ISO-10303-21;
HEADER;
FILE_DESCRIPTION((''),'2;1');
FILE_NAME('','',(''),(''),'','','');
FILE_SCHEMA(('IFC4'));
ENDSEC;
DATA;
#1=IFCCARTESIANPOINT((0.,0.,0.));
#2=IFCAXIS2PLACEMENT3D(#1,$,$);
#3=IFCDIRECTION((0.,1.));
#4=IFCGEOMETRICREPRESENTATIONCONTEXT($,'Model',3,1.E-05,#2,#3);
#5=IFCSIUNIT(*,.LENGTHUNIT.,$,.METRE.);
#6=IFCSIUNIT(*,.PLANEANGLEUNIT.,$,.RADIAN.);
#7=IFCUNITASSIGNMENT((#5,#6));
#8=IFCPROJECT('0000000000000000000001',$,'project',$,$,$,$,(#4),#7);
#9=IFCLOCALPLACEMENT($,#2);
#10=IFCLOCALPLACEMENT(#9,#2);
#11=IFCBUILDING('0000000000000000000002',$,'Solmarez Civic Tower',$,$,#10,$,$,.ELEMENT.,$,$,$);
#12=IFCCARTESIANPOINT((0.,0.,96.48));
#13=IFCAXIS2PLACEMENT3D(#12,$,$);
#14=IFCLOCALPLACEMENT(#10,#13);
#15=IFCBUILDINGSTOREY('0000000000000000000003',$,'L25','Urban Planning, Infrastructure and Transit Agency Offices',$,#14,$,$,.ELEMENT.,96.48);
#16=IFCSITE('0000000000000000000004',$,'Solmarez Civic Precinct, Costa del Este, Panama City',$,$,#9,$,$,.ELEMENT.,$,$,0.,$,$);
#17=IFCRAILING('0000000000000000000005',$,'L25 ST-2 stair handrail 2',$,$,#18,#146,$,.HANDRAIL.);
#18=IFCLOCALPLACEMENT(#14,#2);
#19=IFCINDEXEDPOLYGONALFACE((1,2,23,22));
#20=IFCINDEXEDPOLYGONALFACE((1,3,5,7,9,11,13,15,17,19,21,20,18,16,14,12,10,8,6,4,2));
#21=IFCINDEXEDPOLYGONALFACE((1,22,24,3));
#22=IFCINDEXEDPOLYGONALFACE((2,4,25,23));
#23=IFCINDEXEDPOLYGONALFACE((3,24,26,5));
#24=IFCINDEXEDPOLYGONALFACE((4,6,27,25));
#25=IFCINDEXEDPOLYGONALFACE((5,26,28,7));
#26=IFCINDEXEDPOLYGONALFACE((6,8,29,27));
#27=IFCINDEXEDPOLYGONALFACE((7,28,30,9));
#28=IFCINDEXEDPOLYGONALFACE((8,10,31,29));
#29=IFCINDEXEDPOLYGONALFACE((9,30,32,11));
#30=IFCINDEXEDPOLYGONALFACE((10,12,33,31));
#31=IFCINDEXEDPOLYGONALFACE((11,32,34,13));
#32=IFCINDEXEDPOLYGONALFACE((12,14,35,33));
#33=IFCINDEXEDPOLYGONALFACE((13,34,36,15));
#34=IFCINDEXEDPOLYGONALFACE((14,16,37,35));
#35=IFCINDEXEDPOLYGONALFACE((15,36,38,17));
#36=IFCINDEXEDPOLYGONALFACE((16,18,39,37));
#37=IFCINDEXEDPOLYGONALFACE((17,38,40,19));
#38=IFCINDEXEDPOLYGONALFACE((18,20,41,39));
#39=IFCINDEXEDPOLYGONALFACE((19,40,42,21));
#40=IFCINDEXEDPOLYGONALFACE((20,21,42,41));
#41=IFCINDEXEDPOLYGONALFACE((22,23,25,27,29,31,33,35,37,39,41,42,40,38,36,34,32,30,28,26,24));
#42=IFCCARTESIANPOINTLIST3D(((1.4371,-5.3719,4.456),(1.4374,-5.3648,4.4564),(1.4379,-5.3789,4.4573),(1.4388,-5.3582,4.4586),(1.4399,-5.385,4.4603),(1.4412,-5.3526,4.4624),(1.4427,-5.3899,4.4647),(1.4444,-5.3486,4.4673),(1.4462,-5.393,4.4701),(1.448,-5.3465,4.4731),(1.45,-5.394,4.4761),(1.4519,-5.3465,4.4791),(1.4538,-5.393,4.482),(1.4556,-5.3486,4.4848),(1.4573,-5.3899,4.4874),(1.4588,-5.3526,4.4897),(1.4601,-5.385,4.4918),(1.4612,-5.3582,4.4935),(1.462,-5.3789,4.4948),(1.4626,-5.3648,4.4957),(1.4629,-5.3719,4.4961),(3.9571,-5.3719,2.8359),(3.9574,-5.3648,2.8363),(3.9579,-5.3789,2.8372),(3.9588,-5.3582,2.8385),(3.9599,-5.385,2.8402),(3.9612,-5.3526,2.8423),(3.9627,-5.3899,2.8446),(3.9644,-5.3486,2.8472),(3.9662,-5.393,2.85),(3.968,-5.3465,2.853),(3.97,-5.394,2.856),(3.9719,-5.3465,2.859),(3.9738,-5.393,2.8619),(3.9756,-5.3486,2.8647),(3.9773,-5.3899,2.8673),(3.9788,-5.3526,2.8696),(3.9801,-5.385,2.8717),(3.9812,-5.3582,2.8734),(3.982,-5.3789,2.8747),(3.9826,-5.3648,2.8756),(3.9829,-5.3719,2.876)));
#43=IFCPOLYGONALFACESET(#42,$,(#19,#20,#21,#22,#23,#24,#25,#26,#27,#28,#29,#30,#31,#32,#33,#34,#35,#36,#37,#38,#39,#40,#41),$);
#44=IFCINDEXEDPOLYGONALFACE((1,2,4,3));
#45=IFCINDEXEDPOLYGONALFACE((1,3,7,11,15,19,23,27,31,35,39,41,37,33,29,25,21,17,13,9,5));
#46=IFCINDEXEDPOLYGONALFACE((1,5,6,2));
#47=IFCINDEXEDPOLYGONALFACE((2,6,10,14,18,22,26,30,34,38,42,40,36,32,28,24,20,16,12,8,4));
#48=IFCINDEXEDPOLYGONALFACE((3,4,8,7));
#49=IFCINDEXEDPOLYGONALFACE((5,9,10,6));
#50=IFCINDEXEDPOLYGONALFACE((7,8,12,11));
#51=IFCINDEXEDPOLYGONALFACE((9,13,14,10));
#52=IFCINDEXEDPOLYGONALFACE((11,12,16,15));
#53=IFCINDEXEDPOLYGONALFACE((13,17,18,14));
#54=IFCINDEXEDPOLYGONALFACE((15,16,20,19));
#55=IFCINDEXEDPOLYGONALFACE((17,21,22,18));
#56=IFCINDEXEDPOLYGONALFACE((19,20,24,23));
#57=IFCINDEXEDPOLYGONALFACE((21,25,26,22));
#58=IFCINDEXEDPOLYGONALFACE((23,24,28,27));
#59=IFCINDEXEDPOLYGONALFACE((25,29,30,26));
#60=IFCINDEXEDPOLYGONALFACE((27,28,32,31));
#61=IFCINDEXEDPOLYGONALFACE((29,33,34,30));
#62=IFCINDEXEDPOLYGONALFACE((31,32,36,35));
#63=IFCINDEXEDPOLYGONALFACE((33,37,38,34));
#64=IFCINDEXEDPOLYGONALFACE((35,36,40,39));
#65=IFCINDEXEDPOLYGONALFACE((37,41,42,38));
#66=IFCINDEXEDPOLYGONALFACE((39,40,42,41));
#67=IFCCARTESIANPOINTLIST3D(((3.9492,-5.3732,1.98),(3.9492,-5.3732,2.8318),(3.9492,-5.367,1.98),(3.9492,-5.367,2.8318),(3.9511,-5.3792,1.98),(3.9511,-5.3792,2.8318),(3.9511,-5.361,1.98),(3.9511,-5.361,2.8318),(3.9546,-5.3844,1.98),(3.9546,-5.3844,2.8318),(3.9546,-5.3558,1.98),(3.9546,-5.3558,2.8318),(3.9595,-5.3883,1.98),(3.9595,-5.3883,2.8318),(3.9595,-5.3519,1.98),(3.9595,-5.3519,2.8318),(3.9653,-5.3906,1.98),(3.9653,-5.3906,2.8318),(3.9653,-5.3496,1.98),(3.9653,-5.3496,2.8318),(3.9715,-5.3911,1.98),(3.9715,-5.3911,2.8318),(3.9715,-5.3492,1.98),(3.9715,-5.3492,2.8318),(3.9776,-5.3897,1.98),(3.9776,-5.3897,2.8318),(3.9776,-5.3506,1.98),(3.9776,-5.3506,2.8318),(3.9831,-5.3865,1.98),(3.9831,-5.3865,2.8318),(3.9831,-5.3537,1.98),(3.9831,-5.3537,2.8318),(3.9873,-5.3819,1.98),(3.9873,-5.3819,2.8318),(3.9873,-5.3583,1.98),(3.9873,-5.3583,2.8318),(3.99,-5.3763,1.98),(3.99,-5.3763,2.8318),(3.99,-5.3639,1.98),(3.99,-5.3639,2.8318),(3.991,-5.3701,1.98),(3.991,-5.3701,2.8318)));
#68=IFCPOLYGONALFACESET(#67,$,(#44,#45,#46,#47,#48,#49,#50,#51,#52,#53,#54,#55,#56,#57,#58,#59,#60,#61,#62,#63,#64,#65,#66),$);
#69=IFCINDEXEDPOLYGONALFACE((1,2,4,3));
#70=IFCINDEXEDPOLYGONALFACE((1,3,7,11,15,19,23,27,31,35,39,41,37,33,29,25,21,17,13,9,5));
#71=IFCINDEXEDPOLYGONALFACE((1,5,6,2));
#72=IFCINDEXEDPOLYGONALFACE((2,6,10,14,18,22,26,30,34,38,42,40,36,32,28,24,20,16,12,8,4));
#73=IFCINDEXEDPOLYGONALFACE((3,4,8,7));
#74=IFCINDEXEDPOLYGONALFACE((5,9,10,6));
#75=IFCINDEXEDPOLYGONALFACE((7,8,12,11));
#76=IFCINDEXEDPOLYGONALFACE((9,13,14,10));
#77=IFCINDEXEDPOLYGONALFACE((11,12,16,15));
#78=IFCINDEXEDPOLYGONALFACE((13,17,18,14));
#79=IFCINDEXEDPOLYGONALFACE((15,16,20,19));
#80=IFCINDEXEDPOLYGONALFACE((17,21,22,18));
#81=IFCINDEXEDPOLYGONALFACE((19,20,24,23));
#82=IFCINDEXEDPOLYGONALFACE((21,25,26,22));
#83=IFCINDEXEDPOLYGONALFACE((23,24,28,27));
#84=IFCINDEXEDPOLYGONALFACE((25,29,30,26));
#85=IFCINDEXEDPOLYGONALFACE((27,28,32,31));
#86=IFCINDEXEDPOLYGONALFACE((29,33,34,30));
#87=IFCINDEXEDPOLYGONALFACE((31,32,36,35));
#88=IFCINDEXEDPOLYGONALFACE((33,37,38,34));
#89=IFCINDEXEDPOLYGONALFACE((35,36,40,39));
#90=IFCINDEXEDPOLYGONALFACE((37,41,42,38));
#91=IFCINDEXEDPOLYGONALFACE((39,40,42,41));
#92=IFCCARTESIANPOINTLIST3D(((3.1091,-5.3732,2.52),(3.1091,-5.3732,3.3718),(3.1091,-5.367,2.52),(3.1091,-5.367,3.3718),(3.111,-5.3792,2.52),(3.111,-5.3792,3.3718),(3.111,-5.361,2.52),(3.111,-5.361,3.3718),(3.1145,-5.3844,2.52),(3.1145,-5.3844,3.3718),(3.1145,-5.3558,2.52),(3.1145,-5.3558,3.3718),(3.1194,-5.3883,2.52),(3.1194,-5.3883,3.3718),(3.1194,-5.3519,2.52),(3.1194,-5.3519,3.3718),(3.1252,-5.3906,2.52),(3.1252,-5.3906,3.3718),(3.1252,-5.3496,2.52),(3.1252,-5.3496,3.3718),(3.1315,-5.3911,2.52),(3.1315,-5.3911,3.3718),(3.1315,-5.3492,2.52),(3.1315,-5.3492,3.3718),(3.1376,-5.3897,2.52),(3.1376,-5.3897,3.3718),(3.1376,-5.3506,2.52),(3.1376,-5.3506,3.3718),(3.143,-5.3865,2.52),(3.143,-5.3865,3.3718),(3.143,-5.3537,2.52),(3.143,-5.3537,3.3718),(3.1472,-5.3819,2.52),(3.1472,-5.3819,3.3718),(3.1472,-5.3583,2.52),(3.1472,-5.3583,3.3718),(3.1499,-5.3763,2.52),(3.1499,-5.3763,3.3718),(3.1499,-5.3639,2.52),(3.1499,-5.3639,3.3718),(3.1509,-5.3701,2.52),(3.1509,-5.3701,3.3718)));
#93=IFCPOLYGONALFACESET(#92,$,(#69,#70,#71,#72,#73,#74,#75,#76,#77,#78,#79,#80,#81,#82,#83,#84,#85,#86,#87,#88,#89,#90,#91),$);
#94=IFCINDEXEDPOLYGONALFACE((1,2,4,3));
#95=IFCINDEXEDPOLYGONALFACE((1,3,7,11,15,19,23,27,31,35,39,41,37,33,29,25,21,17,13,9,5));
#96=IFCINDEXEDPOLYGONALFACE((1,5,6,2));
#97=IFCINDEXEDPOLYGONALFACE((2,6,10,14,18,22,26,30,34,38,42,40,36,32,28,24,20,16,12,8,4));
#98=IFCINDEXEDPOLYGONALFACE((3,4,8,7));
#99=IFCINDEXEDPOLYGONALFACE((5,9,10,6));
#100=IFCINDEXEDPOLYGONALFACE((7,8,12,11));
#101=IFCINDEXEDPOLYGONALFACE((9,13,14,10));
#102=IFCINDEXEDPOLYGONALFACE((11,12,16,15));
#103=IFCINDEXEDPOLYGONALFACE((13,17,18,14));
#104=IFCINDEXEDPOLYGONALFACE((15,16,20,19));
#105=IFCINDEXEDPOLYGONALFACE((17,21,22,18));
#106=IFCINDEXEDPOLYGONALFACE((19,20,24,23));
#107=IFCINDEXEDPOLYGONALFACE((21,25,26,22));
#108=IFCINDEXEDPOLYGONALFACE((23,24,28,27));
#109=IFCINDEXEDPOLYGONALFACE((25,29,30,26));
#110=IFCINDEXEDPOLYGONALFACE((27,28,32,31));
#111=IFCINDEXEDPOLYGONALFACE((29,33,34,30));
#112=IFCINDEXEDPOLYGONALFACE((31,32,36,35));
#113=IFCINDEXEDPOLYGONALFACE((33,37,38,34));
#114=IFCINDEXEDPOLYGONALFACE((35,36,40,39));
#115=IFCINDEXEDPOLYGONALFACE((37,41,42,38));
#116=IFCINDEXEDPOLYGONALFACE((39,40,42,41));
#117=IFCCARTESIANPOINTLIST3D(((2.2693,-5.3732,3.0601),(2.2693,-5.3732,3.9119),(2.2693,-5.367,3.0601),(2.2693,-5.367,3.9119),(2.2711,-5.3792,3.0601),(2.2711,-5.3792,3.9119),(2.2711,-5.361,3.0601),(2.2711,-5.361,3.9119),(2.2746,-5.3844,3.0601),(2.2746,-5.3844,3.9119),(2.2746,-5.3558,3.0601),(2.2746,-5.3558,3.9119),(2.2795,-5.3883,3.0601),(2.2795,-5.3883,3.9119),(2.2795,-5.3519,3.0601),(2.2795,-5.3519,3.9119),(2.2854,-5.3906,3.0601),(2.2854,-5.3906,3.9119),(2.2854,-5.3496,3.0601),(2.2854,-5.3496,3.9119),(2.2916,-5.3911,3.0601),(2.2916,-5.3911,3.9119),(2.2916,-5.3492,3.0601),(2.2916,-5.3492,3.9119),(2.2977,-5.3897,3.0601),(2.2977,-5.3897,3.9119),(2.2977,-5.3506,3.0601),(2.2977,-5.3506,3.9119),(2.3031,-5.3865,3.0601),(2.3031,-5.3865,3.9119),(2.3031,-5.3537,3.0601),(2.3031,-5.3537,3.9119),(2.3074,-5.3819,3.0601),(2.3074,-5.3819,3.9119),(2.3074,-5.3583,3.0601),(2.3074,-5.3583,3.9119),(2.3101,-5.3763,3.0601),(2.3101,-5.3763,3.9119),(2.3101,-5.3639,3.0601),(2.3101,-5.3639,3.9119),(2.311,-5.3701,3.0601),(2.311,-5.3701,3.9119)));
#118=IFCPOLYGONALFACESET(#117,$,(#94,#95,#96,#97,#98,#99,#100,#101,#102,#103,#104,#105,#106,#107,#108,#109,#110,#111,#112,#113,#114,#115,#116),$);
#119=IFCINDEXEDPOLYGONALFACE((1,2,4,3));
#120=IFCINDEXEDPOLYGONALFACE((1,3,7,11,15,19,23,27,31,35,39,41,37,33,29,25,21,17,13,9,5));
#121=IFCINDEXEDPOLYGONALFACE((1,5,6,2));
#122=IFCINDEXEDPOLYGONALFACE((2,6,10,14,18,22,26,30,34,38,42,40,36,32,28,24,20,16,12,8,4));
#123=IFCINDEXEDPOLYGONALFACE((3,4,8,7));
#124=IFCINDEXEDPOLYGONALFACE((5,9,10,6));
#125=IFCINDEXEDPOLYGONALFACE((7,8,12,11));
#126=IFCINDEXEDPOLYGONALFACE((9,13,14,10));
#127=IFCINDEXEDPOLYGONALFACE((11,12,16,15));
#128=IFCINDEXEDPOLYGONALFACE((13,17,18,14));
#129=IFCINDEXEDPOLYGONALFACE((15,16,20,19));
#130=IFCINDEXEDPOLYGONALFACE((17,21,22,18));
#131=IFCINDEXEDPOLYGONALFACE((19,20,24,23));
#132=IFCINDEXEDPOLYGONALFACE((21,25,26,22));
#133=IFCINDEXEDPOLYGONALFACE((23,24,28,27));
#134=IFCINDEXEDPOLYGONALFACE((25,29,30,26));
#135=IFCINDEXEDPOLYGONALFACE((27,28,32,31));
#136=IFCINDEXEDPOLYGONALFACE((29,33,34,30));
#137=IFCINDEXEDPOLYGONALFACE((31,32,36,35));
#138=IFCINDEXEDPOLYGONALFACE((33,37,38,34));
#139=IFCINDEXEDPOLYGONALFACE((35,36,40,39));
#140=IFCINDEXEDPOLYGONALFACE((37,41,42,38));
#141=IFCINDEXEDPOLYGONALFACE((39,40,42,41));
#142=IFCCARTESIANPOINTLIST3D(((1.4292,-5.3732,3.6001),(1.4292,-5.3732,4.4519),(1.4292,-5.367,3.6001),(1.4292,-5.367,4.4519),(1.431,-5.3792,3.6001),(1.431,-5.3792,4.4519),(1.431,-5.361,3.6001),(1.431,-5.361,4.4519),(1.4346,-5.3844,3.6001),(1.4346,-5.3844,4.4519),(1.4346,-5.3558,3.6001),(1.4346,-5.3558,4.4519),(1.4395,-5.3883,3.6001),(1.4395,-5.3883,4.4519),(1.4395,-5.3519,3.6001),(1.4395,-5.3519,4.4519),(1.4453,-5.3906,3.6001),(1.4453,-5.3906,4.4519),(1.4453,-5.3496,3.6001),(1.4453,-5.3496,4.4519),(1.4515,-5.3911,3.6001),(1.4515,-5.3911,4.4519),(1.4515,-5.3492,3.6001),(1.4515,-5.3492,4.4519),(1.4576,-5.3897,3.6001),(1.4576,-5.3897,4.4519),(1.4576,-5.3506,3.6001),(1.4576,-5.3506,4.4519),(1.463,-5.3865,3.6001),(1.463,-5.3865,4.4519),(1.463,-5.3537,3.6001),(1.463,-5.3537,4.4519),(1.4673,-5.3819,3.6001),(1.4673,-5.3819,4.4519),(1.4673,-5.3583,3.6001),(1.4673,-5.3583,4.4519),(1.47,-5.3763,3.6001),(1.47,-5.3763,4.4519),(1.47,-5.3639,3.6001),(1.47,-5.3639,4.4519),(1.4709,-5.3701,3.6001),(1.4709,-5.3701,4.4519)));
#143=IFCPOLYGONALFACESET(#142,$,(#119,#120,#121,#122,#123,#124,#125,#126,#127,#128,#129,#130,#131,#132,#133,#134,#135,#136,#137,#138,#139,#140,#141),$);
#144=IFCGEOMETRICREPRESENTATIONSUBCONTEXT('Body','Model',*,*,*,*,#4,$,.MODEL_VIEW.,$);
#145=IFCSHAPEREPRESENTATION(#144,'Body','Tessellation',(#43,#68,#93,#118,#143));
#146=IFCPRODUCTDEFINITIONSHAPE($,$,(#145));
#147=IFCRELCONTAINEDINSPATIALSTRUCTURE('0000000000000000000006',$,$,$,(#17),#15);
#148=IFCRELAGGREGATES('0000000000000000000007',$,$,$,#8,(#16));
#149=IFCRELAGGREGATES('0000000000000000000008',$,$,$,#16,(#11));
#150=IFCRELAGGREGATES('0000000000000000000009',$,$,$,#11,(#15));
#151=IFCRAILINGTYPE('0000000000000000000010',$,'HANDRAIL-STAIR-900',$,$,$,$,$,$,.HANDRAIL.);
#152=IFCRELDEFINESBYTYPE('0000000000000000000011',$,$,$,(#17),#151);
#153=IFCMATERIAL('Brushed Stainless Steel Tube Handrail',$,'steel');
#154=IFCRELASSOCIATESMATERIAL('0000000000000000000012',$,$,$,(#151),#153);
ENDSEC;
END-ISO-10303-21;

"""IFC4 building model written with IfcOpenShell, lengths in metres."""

from ifc_helpers import new_model, si_unit, direction, frame, origin, origin_2d, place, context, subcontext, project, spatial, circle, extrude, material, type_object, element, save


model = new_model("IFC4")

# Units and contexts
model_context = context("Model", 3, precision=1e-05, world=origin(), true_north=direction((0.0, 1.0)))
body_context = subcontext(model_context, "Body", "Model", "MODEL_VIEW")
ifc_project = project(units=[si_unit("LENGTHUNIT", "METRE"), si_unit("PLANEANGLEUNIT", "RADIAN")], contexts=[model_context])

# Site, building, storey
site_placement = place(None, origin())
site = spatial("IfcSite", under=ifc_project, at=site_placement, Name="Solmarez Civic Precinct, Costa del Este, Panama City", CompositionType="ELEMENT", RefElevation=0.0)
building_placement = place(site_placement, origin())
building = spatial("IfcBuilding", under=site, at=building_placement, Name="Solmarez Civic Tower", CompositionType="ELEMENT")
storey_placement = place(building_placement, frame((0.0, 0.0, 96.48)))
storey = spatial("IfcBuildingStorey", under=building, at=storey_placement, Name="L25", Description="Urban Planning, Infrastructure and Transit Agency Offices", CompositionType="ELEMENT", Elevation=96.48)

# Railing
ifc_material_1 = material(Name="Brushed Stainless Steel Tube Handrail", Category="steel")
railing_type_1 = type_object("IfcRailingType", Name="HANDRAIL-STAIR-900", PredefinedType="HANDRAIL", material=ifc_material_1)
railing_1_placement = place(storey_placement, frame((3.97, -5.3701, 1.98)))
element("IfcRailing", 1, at=railing_1_placement, inside=storey, type_object=railing_type_1, Name="L25 ST-2 stair handrail 2", PredefinedType="HANDRAIL", context=body_context, shape_type="SweptSolid", body=[
    extrude(circle(Radius=0.0239, at=origin_2d()), frame((0.0, 0.0, 0.876), z_axis=(-0.841163, 0.0, 0.540782), x_axis=(0.0, -1.0, 0.0)), (0.0, 0.0, 1.0), 2.9958),
    extrude(circle(Radius=0.021, at=origin_2d()), origin(), (0.0, 0.0, 1.0), 0.8518),
    extrude(circle(Radius=0.021, at=origin_2d()), frame((-0.8401, 0.0, 0.54)), (0.0, 0.0, 1.0), 0.8518),
    extrude(circle(Radius=0.021, at=origin_2d()), frame((-1.6799, 0.0, 1.0801)), (0.0, 0.0, 1.0), 0.8518),
    extrude(circle(Radius=0.021, at=origin_2d()), frame((-2.52, 0.0, 1.6201)), (0.0, 0.0, 1.0), 0.8518),
])

save(model, "model.ifc")
